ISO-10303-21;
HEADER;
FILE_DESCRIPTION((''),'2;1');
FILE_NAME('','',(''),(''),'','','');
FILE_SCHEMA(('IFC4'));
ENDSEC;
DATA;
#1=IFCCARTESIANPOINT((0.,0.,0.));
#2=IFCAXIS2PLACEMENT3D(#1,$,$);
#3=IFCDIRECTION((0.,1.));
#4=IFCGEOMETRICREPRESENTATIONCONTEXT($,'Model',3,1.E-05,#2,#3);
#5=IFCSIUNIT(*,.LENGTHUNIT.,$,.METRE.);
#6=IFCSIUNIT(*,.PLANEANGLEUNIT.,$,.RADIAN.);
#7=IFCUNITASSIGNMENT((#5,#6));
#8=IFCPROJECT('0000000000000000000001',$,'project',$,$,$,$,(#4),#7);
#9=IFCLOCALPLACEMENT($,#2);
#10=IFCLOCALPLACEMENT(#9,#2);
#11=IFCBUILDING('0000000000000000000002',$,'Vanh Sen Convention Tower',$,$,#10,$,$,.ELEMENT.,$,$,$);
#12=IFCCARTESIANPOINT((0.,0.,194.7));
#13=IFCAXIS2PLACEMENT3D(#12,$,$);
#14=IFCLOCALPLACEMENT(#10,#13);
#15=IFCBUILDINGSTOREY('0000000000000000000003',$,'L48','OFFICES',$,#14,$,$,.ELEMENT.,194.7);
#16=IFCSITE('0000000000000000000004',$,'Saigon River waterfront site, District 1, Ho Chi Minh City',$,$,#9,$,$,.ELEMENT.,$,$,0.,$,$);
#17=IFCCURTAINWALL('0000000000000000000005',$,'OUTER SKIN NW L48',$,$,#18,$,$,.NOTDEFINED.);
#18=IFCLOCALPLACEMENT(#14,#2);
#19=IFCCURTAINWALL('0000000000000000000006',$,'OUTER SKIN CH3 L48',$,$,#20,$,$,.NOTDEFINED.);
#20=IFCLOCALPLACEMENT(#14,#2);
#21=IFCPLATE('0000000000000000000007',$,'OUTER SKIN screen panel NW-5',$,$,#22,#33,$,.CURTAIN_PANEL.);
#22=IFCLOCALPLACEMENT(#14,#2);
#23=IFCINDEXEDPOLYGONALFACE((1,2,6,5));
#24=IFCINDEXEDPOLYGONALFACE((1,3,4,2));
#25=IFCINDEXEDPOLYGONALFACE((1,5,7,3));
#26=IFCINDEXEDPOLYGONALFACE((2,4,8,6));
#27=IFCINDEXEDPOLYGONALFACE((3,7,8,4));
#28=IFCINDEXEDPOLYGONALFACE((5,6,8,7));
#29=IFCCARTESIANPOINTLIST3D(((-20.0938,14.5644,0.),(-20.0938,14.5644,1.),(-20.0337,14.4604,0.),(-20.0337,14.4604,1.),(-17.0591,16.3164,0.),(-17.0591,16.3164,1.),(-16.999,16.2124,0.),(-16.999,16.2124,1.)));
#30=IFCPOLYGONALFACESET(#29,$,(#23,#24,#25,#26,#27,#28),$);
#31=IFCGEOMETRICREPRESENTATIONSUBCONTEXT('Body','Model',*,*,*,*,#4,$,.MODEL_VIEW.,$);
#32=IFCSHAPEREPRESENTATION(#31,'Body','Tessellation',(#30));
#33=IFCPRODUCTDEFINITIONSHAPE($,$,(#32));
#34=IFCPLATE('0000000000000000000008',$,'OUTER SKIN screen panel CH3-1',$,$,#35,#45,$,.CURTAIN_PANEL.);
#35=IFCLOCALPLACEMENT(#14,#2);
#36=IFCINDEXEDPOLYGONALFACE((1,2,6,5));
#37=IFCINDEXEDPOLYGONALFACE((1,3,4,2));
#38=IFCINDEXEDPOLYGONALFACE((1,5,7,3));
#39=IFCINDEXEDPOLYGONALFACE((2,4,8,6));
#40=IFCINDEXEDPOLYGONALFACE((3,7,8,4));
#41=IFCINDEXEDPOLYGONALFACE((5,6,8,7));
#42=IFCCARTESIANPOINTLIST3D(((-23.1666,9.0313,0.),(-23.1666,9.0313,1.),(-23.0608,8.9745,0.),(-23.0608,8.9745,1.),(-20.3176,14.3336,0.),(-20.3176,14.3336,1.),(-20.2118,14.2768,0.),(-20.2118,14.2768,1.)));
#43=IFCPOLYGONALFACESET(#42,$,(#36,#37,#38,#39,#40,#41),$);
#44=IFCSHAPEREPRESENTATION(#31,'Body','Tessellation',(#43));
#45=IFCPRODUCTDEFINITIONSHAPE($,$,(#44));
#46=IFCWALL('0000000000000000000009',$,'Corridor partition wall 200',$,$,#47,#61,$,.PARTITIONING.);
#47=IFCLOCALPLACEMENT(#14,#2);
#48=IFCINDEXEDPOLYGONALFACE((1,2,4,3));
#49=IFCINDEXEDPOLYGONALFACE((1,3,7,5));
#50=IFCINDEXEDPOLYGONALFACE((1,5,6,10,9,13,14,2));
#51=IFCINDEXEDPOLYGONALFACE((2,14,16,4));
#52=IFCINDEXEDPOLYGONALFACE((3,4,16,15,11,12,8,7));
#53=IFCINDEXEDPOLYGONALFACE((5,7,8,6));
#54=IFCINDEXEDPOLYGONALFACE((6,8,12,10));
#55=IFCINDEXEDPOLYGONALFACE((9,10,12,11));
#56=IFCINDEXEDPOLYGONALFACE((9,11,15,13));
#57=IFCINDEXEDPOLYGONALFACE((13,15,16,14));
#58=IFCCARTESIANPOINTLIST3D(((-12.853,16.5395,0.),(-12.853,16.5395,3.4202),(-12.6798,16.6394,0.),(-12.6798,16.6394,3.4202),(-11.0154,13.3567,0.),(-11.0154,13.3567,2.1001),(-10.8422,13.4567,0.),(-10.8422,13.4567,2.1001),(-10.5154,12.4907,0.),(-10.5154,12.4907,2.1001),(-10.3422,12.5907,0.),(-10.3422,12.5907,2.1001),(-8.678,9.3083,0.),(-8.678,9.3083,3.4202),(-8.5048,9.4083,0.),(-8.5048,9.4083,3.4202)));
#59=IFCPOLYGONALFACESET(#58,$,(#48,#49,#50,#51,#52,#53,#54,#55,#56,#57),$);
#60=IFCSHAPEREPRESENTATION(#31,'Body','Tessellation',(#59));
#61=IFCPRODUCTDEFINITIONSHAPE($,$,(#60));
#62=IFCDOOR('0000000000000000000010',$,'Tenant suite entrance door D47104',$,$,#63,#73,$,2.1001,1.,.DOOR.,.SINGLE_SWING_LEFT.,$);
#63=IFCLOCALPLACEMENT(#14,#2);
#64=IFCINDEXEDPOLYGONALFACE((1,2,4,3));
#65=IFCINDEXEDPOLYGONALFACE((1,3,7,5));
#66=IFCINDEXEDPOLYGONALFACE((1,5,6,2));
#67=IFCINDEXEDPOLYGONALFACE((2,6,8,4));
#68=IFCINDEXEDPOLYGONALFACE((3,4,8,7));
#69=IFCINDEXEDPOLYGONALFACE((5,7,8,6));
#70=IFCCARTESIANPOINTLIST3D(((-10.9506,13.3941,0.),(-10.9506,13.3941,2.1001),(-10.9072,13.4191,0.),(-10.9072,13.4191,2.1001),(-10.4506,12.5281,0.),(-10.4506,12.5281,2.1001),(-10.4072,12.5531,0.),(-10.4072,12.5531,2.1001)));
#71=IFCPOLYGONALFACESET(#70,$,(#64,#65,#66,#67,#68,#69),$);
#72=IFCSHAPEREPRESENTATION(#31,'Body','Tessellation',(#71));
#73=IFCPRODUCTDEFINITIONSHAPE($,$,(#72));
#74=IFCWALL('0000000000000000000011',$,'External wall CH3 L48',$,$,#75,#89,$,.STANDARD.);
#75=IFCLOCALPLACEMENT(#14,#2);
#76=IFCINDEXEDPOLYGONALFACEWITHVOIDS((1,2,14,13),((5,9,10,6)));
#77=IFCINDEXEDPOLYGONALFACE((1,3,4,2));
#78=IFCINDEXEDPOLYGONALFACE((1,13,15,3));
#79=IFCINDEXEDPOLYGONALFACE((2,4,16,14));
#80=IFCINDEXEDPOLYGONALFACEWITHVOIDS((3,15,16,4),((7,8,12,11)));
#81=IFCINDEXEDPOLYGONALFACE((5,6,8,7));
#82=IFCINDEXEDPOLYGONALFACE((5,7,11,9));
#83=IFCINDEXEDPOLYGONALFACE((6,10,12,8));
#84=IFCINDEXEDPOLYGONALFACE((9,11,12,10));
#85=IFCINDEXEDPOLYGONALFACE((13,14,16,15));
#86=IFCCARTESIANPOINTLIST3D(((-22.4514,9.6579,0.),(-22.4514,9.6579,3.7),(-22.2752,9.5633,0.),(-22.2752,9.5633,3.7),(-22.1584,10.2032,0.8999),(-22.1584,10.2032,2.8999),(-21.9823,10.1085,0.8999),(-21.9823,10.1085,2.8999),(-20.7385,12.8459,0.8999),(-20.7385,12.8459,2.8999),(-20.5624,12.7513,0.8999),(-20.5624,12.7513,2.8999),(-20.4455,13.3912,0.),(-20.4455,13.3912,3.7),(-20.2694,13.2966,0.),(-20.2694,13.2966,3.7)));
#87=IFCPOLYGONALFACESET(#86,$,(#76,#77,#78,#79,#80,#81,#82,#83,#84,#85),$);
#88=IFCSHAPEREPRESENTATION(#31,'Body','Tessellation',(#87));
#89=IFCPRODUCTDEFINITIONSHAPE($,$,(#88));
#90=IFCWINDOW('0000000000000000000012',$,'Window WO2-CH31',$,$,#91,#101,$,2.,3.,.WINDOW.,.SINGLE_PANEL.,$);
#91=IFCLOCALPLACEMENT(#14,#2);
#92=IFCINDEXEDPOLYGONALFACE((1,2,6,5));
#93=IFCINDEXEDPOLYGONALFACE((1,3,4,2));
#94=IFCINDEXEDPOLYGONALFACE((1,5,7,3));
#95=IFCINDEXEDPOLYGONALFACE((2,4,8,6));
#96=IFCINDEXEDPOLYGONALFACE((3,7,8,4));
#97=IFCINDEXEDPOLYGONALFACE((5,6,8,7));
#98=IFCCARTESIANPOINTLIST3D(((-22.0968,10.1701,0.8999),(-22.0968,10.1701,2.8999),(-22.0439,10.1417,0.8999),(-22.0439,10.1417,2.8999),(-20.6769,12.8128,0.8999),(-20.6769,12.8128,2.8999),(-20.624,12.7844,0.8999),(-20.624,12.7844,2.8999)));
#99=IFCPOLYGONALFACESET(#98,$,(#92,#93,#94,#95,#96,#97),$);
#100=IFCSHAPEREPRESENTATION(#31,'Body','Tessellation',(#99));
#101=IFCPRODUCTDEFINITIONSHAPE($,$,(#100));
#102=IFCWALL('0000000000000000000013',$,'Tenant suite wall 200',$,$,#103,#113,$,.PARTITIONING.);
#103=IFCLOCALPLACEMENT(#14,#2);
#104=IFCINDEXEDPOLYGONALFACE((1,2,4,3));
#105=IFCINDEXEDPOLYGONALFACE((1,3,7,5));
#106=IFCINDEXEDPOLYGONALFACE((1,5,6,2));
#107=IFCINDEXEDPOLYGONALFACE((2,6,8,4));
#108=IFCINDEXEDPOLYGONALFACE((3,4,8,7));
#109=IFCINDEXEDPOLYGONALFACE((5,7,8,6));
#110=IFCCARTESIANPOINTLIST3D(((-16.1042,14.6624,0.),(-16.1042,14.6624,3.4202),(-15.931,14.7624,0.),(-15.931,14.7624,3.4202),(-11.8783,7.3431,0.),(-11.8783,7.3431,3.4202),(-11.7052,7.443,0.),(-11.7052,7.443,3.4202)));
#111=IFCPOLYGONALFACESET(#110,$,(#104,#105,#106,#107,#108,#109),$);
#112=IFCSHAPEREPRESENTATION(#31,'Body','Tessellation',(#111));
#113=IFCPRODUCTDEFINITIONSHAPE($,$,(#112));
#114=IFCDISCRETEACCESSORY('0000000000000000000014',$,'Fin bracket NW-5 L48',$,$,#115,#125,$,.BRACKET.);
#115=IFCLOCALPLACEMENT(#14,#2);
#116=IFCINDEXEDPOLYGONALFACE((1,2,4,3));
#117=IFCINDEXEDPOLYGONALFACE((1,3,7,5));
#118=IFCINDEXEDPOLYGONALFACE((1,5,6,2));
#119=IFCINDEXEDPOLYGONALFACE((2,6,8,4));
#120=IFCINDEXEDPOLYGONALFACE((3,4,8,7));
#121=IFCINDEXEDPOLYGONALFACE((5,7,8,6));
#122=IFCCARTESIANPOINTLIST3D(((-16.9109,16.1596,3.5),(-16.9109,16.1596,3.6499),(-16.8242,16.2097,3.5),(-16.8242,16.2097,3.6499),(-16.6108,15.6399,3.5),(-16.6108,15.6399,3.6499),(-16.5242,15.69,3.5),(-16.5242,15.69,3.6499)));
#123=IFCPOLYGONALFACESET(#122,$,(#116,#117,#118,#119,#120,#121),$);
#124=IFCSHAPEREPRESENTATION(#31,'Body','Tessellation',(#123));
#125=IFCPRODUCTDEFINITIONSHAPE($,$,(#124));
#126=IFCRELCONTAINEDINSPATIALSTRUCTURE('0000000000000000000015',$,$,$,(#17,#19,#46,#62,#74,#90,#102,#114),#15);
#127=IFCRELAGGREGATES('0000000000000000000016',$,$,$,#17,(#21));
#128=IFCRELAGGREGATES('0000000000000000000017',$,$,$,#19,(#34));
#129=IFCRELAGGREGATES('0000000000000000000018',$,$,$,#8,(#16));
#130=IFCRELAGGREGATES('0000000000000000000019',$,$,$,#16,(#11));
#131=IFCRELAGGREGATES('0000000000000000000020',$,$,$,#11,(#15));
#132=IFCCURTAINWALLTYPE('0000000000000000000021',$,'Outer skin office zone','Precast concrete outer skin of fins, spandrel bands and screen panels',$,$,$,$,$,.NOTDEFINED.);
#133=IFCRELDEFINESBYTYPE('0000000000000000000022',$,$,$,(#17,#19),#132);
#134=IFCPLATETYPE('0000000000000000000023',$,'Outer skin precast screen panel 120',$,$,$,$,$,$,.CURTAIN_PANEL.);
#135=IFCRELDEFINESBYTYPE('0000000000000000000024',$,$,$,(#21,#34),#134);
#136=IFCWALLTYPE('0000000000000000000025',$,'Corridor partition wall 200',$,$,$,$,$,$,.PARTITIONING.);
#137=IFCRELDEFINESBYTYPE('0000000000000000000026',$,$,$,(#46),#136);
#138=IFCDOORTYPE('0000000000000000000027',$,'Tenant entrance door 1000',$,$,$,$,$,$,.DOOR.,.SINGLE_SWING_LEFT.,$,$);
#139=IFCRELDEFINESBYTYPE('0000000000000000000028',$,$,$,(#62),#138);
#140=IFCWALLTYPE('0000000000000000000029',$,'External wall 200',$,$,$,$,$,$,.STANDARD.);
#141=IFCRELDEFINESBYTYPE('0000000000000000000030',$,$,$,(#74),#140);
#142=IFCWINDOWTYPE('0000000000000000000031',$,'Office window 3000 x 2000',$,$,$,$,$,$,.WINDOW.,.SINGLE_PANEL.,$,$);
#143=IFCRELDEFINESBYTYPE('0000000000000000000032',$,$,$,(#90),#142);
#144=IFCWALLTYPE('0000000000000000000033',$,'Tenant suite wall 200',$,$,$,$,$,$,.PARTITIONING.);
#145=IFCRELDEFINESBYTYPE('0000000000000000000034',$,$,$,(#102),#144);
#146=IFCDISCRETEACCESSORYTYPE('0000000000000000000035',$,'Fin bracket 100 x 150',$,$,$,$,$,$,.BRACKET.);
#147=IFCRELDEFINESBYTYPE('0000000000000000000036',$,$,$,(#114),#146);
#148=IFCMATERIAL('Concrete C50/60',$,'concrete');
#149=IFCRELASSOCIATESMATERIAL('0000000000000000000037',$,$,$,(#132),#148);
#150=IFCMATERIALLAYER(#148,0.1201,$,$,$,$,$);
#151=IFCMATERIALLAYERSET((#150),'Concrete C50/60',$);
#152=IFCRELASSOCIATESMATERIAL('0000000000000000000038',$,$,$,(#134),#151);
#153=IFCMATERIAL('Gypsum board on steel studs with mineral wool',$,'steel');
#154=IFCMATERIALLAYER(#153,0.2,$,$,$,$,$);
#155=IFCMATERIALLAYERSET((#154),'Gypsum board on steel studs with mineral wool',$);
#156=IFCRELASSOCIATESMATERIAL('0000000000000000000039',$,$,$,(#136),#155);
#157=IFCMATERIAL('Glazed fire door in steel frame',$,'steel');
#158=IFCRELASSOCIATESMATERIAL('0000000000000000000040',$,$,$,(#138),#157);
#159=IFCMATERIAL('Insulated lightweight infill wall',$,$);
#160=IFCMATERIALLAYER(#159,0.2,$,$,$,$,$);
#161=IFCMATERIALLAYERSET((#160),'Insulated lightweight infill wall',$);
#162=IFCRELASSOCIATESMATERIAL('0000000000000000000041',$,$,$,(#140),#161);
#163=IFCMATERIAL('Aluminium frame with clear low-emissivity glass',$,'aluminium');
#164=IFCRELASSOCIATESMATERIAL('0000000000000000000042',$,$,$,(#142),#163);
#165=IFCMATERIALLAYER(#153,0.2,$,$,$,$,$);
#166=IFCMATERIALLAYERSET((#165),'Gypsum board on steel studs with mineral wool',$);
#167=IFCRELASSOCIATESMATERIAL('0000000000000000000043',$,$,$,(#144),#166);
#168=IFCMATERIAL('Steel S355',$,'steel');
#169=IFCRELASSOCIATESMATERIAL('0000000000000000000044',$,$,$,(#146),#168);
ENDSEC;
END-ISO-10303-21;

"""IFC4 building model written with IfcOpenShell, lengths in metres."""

from ifc_helpers import new_model, si_unit, direction, frame, frame_2d, origin, origin_2d, place, context, subcontext, project, spatial, rectangle, extrude, material, layer, layer_set, type_object, element, fill, aggregate, save


model = new_model("IFC4")

# Units and contexts
model_context = context("Model", 3, precision=1e-05, world=origin(), true_north=direction((0.0, 1.0)))
body_context = subcontext(model_context, "Body", "Model", "MODEL_VIEW")
ifc_project = project(units=[si_unit("LENGTHUNIT", "METRE"), si_unit("PLANEANGLEUNIT", "RADIAN")], contexts=[model_context])

# Site, building, storey
site_placement = place(None, origin())
site = spatial("IfcSite", under=ifc_project, at=site_placement, Name="Saigon River waterfront site, District 1, Ho Chi Minh City", CompositionType="ELEMENT", RefElevation=0.0)
building_placement = place(site_placement, origin())
building = spatial("IfcBuilding", under=site, at=building_placement, Name="Vanh Sen Convention Tower", CompositionType="ELEMENT")
storey_placement = place(building_placement, frame((0.0, 0.0, 194.7)))
storey = spatial("IfcBuildingStorey", under=building, at=storey_placement, Name="L48", Description="OFFICES", CompositionType="ELEMENT", Elevation=194.7)

# Curtain wall
ifc_material_1 = material(Name="Concrete C50/60", Category="concrete")
curtain_wall_type = type_object("IfcCurtainWallType", Name="Outer skin office zone", Description="Precast concrete outer skin of fins, spandrel bands and screen panels", PredefinedType="NOTDEFINED", material=ifc_material_1)
curtain_wall_1_placement = place(storey_placement, origin())
curtain_wall_1 = element("IfcCurtainWall", 1, at=curtain_wall_1_placement, inside=storey, type_object=curtain_wall_type, Name="OUTER SKIN NW L48", PredefinedType="NOTDEFINED")

# Curtain wall
curtain_wall_2_placement = place(storey_placement, origin())
curtain_wall_2 = element("IfcCurtainWall", 2, at=curtain_wall_2_placement, inside=storey, type_object=curtain_wall_type, Name="OUTER SKIN CH3 L48", PredefinedType="NOTDEFINED")

# Plates
ifc_layer_1 = layer(ifc_material_1, 0.1201)
ifc_layer_set_1 = layer_set([ifc_layer_1], Name="Concrete C50/60")
plate_type = type_object("IfcPlateType", Name="Outer skin precast screen panel 120", PredefinedType="CURTAIN_PANEL", material=ifc_layer_set_1)
plate_1_placement = place(storey_placement, frame((-18.5464, 15.3884, 0.0), z_axis=(0.0, 0.0, 1.0), x_axis=(-0.866035, -0.499983, 0.0)))
plate_1 = element("IfcPlate", 3, at=plate_1_placement, type_object=plate_type, Name="OUTER SKIN screen panel NW-5", PredefinedType="CURTAIN_PANEL", context=body_context, shape_type="SweptSolid", body=[
    extrude(rectangle(XDim=3.5042, YDim=0.1201, at=origin_2d()), origin(), (0.0, 0.0, 1.0), 1.0),
])
aggregate(curtain_wall_1, [plate_1])
plate_2_placement = place(storey_placement, frame((-21.6892, 11.6541, 0.0), z_axis=(0.0, 0.0, 1.0), x_axis=(-0.473318, -0.880892, 0.0)))
plate_2 = element("IfcPlate", 4, at=plate_2_placement, type_object=plate_type, Name="OUTER SKIN screen panel CH3-1", PredefinedType="CURTAIN_PANEL", context=body_context, shape_type="SweptSolid", body=[
    extrude(rectangle(XDim=6.0193, YDim=0.1201, at=origin_2d()), origin(), (0.0, 0.0, 1.0), 1.0),
])
aggregate(curtain_wall_2, [plate_2])

# Wall, opening, door
ifc_material_2 = material(Name="Gypsum board on steel studs with mineral wool", Category="steel")
ifc_layer_2 = layer(ifc_material_2, 0.2)
ifc_layer_set_2 = layer_set([ifc_layer_2], Name="Gypsum board on steel studs with mineral wool")
wall_type_1 = type_object("IfcWallType", Name="Corridor partition wall 200", PredefinedType="PARTITIONING", material=ifc_layer_set_2)
wall_1_placement = place(storey_placement, frame((-12.7664, 16.5894, 0.0), z_axis=(0.0, 0.0, 1.0), x_axis=(0.50001, -0.86602, 0.0)))
wall_1 = element("IfcWall", 5, at=wall_1_placement, inside=storey, type_object=wall_type_1, Name="Corridor partition wall 200", PredefinedType="PARTITIONING", context=body_context, shape_type="SweptSolid", body=[
    extrude(rectangle(XDim=8.3499, YDim=0.2, at=frame_2d((4.1748, 0.0))), origin(), (0.0, 0.0, 1.0), 3.4202),
])
opening_1_placement = place(wall_1_placement, frame((3.675, 0.0, 0.0)))
opening_1 = element("IfcOpeningElement", 6, at=opening_1_placement, cuts=wall_1, PredefinedType="OPENING", context=body_context, shape_type="SweptSolid", body=[
    extrude(rectangle(XDim=1.0, YDim=2.1001, at=frame_2d((0.5, 1.05))), frame((0.0, 0.1099, 0.0), z_axis=(0.0, -1.0, 0.0), x_axis=(1.0, 0.0, 0.0)), (0.0, 0.0, 1.0), 0.22),
])
ifc_material_3 = material(Name="Glazed fire door in steel frame", Category="steel")
door_type = type_object("IfcDoorType", Name="Tenant entrance door 1000", OperationType="SINGLE_SWING_LEFT", PredefinedType="DOOR", material=ifc_material_3)
door_placement = place(opening_1_placement, origin())
door = element("IfcDoor", 7, at=door_placement, inside=storey, type_object=door_type, Name="Tenant suite entrance door D47104", OperationType="SINGLE_SWING_LEFT", OverallHeight=2.1001, OverallWidth=1.0, PredefinedType="DOOR", context=body_context, shape_type="SweptSolid", body=[
    extrude(rectangle(XDim=1.0, YDim=2.1001, at=frame_2d((0.5, 1.05))), frame((0.0, 0.0249, 0.0), z_axis=(0.0, -1.0, 0.0), x_axis=(1.0, 0.0, 0.0)), (0.0, 0.0, 1.0), 0.05),
])
fill(opening_1, door)

# Wall, opening, window
ifc_material_4 = material(Name="Insulated lightweight infill wall")
ifc_layer_3 = layer(ifc_material_4, 0.2)
ifc_layer_set_3 = layer_set([ifc_layer_3], Name="Insulated lightweight infill wall")
wall_type_2 = type_object("IfcWallType", Name="External wall 200", PredefinedType="STANDARD", material=ifc_layer_set_3)
wall_2_placement = place(storey_placement, frame((-20.3574, 13.344, 0.0), z_axis=(0.0, 0.0, 1.0), x_axis=(-0.473289, -0.880907, 0.0)))
wall_2 = element("IfcWall", 8, at=wall_2_placement, inside=storey, type_object=wall_type_2, Name="External wall CH3 L48", PredefinedType="STANDARD", context=body_context, shape_type="SweptSolid", body=[
    extrude(rectangle(XDim=4.238, YDim=0.2, at=frame_2d((2.1191, 0.0))), origin(), (0.0, 0.0, 1.0), 3.7),
])
opening_2_placement = place(wall_2_placement, frame((0.6191, 0.0, 0.8999)))
opening_2 = element("IfcOpeningElement", 9, at=opening_2_placement, cuts=wall_2, PredefinedType="OPENING", context=body_context, shape_type="SweptSolid", body=[
    extrude(rectangle(XDim=3.0, YDim=2.0, at=frame_2d((1.5, 1.0))), frame((0.0, 0.1099, 0.0), z_axis=(0.0, -1.0, 0.0), x_axis=(1.0, 0.0, 0.0)), (0.0, 0.0, 1.0), 0.22),
])
ifc_material_5 = material(Name="Aluminium frame with clear low-emissivity glass", Category="aluminium")
window_type = type_object("IfcWindowType", Name="Office window 3000 x 2000", PartitioningType="SINGLE_PANEL", PredefinedType="WINDOW", material=ifc_material_5)
window_placement = place(opening_2_placement, origin())
window = element("IfcWindow", 10, at=window_placement, inside=storey, type_object=window_type, Name="Window WO2-CH31", OverallHeight=2.0, OverallWidth=3.0, PartitioningType="SINGLE_PANEL", PredefinedType="WINDOW", context=body_context, shape_type="SweptSolid", body=[
    extrude(rectangle(XDim=3.0, YDim=2.0, at=frame_2d((1.5, 1.0))), frame((0.0, 0.03, 0.0), z_axis=(0.0, -1.0, 0.0), x_axis=(1.0, 0.0, 0.0)), (0.0, 0.0, 1.0), 0.0601),
])
fill(opening_2, window)

# Wall
ifc_layer_4 = layer(ifc_material_2, 0.2)
ifc_layer_set_4 = layer_set([ifc_layer_4], Name="Gypsum board on steel studs with mineral wool")
wall_type_3 = type_object("IfcWallType", Name="Tenant suite wall 200", PredefinedType="PARTITIONING", material=ifc_layer_set_4)
wall_3_placement = place(storey_placement, frame((-16.0176, 14.7124, 0.0), z_axis=(0.0, 0.0, 1.0), x_axis=(0.500001, -0.866025, 0.0)))
element("IfcWall", 11, at=wall_3_placement, inside=storey, type_object=wall_type_3, Name="Tenant suite wall 200", PredefinedType="PARTITIONING", context=body_context, shape_type="SweptSolid", body=[
    extrude(rectangle(XDim=8.4517, YDim=0.2, at=frame_2d((4.2258, 0.0))), origin(), (0.0, 0.0, 1.0), 3.4202),
])

# Discrete accessory
ifc_material_6 = material(Name="Steel S355", Category="steel")
discrete_accessory_type = type_object("IfcDiscreteAccessoryType", Name="Fin bracket 100 x 150", PredefinedType="BRACKET", material=ifc_material_6)
discrete_accessory_placement = place(storey_placement, frame((-16.7175, 15.9248, 3.5), z_axis=(0.0, 0.0, 1.0), x_axis=(-0.5, 0.866025, 0.0)))
element("IfcDiscreteAccessory", 12, at=discrete_accessory_placement, inside=storey, type_object=discrete_accessory_type, Name="Fin bracket NW-5 L48", PredefinedType="BRACKET", context=body_context, shape_type="SweptSolid", body=[
    extrude(rectangle(XDim=0.6001, YDim=0.1001, at=origin_2d()), origin(), (0.0, 0.0, 1.0), 0.1499),
])

save(model, "model.ifc")
